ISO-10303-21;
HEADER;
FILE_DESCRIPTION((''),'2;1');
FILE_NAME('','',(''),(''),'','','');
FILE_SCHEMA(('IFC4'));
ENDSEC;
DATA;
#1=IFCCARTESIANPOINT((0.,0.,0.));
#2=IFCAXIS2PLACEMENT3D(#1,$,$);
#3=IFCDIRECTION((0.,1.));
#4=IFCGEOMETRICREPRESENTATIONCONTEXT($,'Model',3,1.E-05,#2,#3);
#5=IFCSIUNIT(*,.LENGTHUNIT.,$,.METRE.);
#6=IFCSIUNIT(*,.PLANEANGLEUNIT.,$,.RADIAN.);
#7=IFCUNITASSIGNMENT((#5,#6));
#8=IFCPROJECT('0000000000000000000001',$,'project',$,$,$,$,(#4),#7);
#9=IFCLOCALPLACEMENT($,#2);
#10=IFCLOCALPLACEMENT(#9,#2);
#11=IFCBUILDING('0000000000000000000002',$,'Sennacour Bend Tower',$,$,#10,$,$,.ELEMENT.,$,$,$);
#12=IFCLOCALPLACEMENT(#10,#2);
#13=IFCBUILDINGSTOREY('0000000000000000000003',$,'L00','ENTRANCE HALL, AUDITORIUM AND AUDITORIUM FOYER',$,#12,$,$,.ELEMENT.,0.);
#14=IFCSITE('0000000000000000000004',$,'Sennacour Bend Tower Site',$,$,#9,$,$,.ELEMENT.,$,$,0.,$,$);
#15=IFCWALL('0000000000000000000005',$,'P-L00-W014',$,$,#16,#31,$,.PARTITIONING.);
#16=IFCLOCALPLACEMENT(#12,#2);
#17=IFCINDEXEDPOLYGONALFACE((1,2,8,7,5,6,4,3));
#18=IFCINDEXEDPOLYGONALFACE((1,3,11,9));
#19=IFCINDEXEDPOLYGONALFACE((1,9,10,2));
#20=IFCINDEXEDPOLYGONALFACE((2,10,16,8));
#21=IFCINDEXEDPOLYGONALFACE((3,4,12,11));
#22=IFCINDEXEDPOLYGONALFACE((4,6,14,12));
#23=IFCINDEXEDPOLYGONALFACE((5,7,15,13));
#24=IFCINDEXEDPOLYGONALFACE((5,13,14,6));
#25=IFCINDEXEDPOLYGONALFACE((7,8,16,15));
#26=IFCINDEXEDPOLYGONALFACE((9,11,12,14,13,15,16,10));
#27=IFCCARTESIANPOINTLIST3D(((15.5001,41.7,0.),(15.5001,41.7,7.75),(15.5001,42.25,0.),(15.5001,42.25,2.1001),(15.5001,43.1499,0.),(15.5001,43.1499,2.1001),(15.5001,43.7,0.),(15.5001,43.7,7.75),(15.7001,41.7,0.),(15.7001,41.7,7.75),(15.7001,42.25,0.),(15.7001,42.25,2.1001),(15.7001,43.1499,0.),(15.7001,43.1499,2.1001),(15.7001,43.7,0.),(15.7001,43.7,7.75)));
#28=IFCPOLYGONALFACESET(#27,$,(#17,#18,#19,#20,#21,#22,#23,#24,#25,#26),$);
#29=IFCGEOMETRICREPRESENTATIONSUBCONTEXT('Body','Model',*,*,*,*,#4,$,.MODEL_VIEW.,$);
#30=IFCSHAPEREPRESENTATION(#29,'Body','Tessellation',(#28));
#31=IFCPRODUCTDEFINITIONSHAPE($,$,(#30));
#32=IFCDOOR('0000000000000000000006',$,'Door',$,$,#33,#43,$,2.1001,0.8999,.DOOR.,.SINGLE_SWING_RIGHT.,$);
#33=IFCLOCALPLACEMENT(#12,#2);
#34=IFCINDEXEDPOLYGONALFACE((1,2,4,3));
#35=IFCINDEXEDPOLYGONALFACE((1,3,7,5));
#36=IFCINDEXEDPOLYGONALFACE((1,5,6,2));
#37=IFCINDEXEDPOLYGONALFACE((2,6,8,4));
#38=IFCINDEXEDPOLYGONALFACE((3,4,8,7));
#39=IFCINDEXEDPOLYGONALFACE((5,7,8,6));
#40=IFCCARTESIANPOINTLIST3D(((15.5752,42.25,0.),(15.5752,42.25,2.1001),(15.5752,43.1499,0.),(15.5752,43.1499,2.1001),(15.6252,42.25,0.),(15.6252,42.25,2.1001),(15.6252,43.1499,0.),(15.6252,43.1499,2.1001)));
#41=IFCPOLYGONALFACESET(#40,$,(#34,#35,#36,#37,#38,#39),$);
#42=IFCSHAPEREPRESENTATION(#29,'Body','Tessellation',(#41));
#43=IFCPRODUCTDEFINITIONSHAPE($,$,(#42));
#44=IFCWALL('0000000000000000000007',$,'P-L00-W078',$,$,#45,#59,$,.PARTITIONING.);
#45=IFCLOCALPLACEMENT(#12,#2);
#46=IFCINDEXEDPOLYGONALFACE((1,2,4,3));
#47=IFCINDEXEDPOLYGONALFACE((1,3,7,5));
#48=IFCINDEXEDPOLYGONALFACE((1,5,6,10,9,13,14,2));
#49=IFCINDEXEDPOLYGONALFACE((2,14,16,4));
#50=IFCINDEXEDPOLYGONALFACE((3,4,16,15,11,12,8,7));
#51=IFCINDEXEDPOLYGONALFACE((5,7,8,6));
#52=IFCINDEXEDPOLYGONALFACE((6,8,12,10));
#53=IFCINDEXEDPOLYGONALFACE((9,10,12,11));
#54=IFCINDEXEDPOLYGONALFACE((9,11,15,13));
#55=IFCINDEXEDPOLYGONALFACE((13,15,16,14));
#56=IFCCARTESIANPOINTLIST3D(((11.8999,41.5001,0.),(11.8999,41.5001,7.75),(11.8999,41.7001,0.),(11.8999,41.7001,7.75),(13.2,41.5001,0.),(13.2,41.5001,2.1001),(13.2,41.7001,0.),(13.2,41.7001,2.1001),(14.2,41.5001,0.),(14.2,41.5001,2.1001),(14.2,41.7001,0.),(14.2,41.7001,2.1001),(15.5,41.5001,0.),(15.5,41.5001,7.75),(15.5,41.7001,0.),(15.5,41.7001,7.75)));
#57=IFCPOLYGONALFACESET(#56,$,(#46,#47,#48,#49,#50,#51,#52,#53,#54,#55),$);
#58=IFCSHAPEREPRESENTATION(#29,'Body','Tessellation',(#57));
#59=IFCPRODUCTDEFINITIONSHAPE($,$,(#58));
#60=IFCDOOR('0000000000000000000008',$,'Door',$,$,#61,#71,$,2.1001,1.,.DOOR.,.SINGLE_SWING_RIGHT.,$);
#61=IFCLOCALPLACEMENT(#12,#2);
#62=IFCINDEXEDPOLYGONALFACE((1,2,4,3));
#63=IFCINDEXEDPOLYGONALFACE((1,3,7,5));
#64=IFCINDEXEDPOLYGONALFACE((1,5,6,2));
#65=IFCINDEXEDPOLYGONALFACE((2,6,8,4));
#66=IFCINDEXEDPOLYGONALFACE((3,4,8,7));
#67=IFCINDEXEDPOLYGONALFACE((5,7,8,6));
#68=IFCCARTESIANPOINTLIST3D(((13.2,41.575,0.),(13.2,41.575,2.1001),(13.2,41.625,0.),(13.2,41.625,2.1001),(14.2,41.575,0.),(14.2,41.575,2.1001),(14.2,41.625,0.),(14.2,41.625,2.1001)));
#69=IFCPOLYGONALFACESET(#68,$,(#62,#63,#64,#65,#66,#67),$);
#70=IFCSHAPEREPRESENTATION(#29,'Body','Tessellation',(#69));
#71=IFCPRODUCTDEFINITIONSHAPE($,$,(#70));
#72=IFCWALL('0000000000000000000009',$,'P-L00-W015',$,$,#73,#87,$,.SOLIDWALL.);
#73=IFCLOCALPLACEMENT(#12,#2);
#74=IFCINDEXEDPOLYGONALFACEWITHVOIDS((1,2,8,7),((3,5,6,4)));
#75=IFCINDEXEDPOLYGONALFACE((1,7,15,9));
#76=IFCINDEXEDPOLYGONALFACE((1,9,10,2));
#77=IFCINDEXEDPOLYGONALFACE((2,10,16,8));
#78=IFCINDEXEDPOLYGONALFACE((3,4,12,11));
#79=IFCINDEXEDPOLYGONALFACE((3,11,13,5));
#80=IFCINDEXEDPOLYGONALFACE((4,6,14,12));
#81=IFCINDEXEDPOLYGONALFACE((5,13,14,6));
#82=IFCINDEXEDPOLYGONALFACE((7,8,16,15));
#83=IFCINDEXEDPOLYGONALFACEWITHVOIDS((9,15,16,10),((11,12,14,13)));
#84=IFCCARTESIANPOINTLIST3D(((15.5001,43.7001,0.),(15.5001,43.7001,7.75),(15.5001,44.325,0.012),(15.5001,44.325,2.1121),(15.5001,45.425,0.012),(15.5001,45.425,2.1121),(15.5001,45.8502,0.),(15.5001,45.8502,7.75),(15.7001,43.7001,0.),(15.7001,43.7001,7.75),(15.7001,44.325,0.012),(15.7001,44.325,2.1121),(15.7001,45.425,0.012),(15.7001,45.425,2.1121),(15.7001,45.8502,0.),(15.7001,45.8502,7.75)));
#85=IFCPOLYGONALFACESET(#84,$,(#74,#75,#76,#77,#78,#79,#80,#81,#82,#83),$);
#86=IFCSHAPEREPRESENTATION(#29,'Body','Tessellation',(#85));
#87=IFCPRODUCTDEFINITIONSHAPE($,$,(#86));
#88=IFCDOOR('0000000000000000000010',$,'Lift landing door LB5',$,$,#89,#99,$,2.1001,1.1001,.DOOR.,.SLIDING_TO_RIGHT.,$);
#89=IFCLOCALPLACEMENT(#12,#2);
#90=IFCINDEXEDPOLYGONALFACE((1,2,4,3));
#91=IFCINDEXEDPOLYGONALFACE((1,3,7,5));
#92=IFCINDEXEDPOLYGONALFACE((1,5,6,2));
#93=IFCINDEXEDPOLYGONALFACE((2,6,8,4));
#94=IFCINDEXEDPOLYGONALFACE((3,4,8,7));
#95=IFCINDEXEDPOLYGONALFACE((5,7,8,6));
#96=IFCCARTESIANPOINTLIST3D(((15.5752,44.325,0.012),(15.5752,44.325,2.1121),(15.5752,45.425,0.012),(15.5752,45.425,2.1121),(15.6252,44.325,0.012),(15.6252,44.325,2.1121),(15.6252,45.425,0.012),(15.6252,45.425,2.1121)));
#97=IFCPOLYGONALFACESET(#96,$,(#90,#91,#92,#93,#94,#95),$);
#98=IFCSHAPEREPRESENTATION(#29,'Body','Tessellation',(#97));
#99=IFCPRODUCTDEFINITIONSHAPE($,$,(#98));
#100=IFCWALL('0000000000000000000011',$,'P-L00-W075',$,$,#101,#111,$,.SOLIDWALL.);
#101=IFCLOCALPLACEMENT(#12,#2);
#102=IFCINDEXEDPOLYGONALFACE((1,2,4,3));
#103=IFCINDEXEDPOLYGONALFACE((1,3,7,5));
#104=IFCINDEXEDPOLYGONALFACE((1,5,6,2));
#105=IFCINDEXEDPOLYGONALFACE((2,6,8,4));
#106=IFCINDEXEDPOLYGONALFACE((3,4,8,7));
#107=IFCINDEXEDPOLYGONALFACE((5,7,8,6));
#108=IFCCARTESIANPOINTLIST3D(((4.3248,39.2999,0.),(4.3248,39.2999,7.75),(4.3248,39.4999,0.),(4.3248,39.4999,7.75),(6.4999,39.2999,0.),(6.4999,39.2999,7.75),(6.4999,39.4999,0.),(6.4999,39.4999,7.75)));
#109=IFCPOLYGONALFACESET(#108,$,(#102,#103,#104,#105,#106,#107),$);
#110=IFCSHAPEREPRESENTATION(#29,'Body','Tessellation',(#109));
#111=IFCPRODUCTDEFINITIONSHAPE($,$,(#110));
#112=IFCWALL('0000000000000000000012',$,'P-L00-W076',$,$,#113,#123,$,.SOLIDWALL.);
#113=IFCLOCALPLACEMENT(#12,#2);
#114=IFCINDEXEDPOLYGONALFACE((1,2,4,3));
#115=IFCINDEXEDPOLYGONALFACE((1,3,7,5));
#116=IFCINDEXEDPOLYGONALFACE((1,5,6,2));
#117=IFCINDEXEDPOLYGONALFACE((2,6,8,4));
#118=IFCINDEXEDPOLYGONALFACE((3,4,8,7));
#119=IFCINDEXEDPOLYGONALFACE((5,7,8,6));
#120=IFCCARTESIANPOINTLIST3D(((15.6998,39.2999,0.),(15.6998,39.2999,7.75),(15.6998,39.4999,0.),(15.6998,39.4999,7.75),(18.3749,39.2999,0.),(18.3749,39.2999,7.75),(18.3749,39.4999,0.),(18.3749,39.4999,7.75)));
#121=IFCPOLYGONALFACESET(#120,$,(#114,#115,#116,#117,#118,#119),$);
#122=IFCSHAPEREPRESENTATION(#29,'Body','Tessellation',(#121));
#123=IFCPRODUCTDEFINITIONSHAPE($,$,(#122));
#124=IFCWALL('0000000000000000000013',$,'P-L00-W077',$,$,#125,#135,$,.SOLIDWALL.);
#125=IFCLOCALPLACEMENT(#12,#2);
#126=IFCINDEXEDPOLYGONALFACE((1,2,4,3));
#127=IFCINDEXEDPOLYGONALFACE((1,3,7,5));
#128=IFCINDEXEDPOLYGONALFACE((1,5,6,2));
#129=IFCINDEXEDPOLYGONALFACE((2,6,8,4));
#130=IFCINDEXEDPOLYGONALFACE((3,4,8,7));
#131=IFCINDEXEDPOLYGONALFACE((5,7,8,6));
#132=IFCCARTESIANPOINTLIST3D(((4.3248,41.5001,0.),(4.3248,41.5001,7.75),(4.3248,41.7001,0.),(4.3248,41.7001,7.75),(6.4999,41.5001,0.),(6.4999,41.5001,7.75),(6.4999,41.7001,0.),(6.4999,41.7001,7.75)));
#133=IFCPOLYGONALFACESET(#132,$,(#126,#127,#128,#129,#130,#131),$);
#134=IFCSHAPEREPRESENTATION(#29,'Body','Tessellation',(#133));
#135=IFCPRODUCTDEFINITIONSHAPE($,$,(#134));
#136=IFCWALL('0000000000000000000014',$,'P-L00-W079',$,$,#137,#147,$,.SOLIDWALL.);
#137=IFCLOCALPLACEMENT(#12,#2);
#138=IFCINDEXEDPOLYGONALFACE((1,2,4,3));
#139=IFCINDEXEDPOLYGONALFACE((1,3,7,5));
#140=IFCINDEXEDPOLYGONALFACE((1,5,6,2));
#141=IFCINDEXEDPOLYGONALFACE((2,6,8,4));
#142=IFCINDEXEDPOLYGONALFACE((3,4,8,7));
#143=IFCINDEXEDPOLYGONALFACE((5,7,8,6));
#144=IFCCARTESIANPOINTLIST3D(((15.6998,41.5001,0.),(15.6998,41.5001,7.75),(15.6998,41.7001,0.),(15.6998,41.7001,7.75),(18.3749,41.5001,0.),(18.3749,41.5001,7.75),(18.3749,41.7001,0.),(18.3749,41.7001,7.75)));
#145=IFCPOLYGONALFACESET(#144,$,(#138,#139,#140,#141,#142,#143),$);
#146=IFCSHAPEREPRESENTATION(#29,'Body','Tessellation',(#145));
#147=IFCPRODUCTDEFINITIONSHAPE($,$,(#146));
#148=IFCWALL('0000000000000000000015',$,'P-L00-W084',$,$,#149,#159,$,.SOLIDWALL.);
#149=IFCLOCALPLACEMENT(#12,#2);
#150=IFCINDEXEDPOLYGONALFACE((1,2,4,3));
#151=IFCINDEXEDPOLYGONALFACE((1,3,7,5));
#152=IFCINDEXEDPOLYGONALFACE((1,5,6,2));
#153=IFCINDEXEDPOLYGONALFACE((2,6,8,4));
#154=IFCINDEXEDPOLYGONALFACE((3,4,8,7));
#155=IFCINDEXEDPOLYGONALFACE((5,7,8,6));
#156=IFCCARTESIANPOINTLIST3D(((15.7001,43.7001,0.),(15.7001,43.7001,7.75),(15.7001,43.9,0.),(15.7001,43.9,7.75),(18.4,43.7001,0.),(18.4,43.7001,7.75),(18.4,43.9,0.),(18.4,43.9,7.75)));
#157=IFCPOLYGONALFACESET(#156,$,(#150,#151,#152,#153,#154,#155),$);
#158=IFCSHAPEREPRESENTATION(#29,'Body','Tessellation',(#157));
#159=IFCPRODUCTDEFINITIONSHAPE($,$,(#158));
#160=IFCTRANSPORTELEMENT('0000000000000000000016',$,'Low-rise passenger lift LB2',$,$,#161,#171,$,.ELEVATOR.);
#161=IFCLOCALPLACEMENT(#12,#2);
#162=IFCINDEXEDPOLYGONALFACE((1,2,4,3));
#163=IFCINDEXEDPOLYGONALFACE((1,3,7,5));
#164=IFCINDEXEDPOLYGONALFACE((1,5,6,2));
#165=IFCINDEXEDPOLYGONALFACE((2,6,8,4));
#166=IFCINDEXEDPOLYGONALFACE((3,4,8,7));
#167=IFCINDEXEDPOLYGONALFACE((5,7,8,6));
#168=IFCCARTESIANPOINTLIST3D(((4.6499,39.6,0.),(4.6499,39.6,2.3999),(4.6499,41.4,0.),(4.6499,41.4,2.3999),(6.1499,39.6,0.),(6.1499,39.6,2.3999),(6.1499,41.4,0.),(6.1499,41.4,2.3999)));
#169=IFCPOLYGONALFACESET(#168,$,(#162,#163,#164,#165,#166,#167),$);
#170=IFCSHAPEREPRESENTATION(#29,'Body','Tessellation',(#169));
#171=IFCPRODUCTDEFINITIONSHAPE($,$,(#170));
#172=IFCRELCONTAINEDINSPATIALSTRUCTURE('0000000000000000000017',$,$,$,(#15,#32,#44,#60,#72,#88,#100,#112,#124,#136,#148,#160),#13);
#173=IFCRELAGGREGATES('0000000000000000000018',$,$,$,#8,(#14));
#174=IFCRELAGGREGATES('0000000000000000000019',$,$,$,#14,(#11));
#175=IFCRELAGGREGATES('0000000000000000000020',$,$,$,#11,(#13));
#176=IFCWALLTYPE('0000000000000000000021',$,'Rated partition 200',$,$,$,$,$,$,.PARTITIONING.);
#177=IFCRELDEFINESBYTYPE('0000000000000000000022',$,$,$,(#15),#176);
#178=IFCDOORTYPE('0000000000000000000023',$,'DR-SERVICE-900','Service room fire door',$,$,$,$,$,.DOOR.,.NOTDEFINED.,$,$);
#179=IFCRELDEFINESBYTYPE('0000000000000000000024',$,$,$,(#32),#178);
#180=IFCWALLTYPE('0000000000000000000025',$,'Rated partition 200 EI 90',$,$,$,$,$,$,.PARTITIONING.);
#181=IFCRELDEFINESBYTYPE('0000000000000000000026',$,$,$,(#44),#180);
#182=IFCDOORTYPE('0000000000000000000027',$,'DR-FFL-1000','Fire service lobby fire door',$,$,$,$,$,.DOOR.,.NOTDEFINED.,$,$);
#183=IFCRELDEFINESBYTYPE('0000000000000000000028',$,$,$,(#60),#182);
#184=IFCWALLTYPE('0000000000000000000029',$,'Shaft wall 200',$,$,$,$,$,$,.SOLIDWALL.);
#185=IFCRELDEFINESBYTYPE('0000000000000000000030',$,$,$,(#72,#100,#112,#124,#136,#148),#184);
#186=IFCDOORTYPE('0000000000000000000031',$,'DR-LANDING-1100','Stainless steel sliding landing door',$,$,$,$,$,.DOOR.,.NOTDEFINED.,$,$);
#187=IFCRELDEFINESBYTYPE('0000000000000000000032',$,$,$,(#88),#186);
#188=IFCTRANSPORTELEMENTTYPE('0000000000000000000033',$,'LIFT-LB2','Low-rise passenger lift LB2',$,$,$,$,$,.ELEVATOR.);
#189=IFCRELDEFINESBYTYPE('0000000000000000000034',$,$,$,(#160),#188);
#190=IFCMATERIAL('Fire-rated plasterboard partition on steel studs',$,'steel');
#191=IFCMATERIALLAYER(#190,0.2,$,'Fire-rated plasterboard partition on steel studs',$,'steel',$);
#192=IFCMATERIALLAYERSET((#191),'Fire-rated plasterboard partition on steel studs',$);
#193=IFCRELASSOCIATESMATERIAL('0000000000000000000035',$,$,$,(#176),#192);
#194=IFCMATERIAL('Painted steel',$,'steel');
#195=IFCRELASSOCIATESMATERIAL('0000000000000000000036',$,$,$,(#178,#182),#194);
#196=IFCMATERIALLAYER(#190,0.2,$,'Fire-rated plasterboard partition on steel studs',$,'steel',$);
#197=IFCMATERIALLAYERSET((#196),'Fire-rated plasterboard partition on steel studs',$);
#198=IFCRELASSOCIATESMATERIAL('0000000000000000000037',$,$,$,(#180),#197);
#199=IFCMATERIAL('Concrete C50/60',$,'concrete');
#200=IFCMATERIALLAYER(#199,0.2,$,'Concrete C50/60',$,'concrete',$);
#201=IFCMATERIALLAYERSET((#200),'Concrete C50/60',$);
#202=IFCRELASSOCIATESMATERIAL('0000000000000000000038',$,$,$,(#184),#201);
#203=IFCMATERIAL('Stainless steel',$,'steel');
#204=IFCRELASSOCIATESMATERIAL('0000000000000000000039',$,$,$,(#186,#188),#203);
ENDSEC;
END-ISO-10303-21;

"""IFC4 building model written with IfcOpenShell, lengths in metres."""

from ifc_helpers import new_model, si_unit, direction, frame, frame_2d, origin, origin_2d, place, context, subcontext, project, spatial, rectangle, extrude, material, layer, layer_set, type_object, element, fill, save


model = new_model("IFC4")

# Units and contexts
model_context = context("Model", 3, precision=1e-05, world=origin(), true_north=direction((0.0, 1.0)))
body_context = subcontext(model_context, "Body", "Model", "MODEL_VIEW")
ifc_project = project(units=[si_unit("LENGTHUNIT", "METRE"), si_unit("PLANEANGLEUNIT", "RADIAN")], contexts=[model_context])

# Site, building, storey
site_placement = place(None, origin())
site = spatial("IfcSite", under=ifc_project, at=site_placement, Name="Sennacour Bend Tower Site", CompositionType="ELEMENT", RefElevation=0.0)
building_placement = place(site_placement, origin())
building = spatial("IfcBuilding", under=site, at=building_placement, Name="Sennacour Bend Tower", CompositionType="ELEMENT")
storey_placement = place(building_placement, origin())
storey = spatial("IfcBuildingStorey", under=building, at=storey_placement, Name="L00", Description="ENTRANCE HALL, AUDITORIUM AND AUDITORIUM FOYER", CompositionType="ELEMENT", Elevation=0.0)

# Shared definitions
ifc_material_1 = material(Name="Concrete C50/60", Category="concrete")

# Walls, openings, doors
ifc_material_2 = material(Name="Fire-rated plasterboard partition on steel studs", Category="steel")
ifc_layer_1 = layer(ifc_material_2, 0.2, Name="Fire-rated plasterboard partition on steel studs", Category="steel")
ifc_layer_set_1 = layer_set([ifc_layer_1], Name="Fire-rated plasterboard partition on steel studs")
wall_type_1 = type_object("IfcWallType", Name="Rated partition 200", PredefinedType="PARTITIONING", material=ifc_layer_set_1)
wall_1_placement = place(storey_placement, frame((15.6001, 41.7, 0.0), z_axis=(0.0, 0.0, 1.0), x_axis=(0.0, 1.0, 0.0)))
wall_1 = element("IfcWall", 1, at=wall_1_placement, inside=storey, type_object=wall_type_1, Name="P-L00-W014", PredefinedType="PARTITIONING", context=body_context, shape_type="SweptSolid", body=[
    extrude(rectangle(XDim=2.0, YDim=0.2, at=frame_2d((1.0, 0.0))), origin(), (0.0, 0.0, 1.0), 7.75),
])
opening_1_placement = place(wall_1_placement, frame((0.55, 0.0, 0.0)))
opening_1 = element("IfcOpeningElement", 2, at=opening_1_placement, cuts=wall_1, PredefinedType="OPENING", context=body_context, shape_type="SweptSolid", body=[
    extrude(rectangle(XDim=0.8999, YDim=2.1001, at=frame_2d((0.45, 1.05))), frame((0.0, 0.1099, 0.0), z_axis=(0.0, -1.0, 0.0), x_axis=(1.0, 0.0, 0.0)), (0.0, 0.0, 1.0), 0.22),
])
ifc_material_3 = material(Name="Painted steel", Category="steel")
door_type_1 = type_object("IfcDoorType", Name="DR-SERVICE-900", Description="Service room fire door", OperationType="NOTDEFINED", PredefinedType="DOOR", material=ifc_material_3)
door_1_placement = place(opening_1_placement, origin())
door_1 = element("IfcDoor", 3, at=door_1_placement, inside=storey, type_object=door_type_1, Name="Door", OperationType="SINGLE_SWING_RIGHT", OverallHeight=2.1001, OverallWidth=0.8999, PredefinedType="DOOR", context=body_context, shape_type="SweptSolid", body=[
    extrude(rectangle(XDim=0.8999, YDim=2.1001, at=frame_2d((0.45, 1.05))), frame((0.0, 0.0249, 0.0), z_axis=(0.0, -1.0, 0.0), x_axis=(1.0, 0.0, 0.0)), (0.0, 0.0, 1.0), 0.05),
])
fill(opening_1, door_1)
ifc_layer_2 = layer(ifc_material_2, 0.2, Name="Fire-rated plasterboard partition on steel studs", Category="steel")
ifc_layer_set_2 = layer_set([ifc_layer_2], Name="Fire-rated plasterboard partition on steel studs")
wall_type_2 = type_object("IfcWallType", Name="Rated partition 200 EI 90", PredefinedType="PARTITIONING", material=ifc_layer_set_2)
wall_2_placement = place(storey_placement, frame((11.8999, 41.6001, 0.0), z_axis=(0.0, 0.0, 1.0), x_axis=(1.0, 0.0, 0.0)))
wall_2 = element("IfcWall", 4, at=wall_2_placement, inside=storey, type_object=wall_type_2, Name="P-L00-W078", PredefinedType="PARTITIONING", context=body_context, shape_type="SweptSolid", body=[
    extrude(rectangle(XDim=3.6001, YDim=0.2, at=frame_2d((1.8, 0.0))), origin(), (0.0, 0.0, 1.0), 7.75),
])
opening_2_placement = place(wall_2_placement, frame((1.3, 0.0, 0.0)))
opening_2 = element("IfcOpeningElement", 5, at=opening_2_placement, cuts=wall_2, PredefinedType="OPENING", context=body_context, shape_type="SweptSolid", body=[
    extrude(rectangle(XDim=1.0, YDim=2.1001, at=frame_2d((0.5, 1.05))), frame((0.0, 0.1099, 0.0), z_axis=(0.0, -1.0, 0.0), x_axis=(1.0, 0.0, 0.0)), (0.0, 0.0, 1.0), 0.22),
])
door_type_2 = type_object("IfcDoorType", Name="DR-FFL-1000", Description="Fire service lobby fire door", OperationType="NOTDEFINED", PredefinedType="DOOR", material=ifc_material_3)
door_2_placement = place(opening_2_placement, origin())
door_2 = element("IfcDoor", 6, at=door_2_placement, inside=storey, type_object=door_type_2, Name="Door", OperationType="SINGLE_SWING_RIGHT", OverallHeight=2.1001, OverallWidth=1.0, PredefinedType="DOOR", context=body_context, shape_type="SweptSolid", body=[
    extrude(rectangle(XDim=1.0, YDim=2.1001, at=frame_2d((0.5, 1.05))), frame((0.0, 0.0249, 0.0), z_axis=(0.0, -1.0, 0.0), x_axis=(1.0, 0.0, 0.0)), (0.0, 0.0, 1.0), 0.05),
])
fill(opening_2, door_2)
ifc_layer_3 = layer(ifc_material_1, 0.2, Name="Concrete C50/60", Category="concrete")
ifc_layer_set_3 = layer_set([ifc_layer_3], Name="Concrete C50/60")
wall_type_3 = type_object("IfcWallType", Name="Shaft wall 200", PredefinedType="SOLIDWALL", material=ifc_layer_set_3)
wall_3_placement = place(storey_placement, frame((15.6001, 43.7, 0.0), z_axis=(0.0, 0.0, 1.0), x_axis=(0.0, 1.0, 0.0)))
wall_3 = element("IfcWall", 7, at=wall_3_placement, inside=storey, type_object=wall_type_3, Name="P-L00-W015", PredefinedType="SOLIDWALL", context=body_context, shape_type="SweptSolid", body=[
    extrude(rectangle(XDim=2.1501, YDim=0.2, at=frame_2d((1.0752, 0.0))), origin(), (0.0, 0.0, 1.0), 7.75),
])
opening_3_placement = place(wall_3_placement, frame((0.625, 0.0, 0.012)))
opening_3 = element("IfcOpeningElement", 8, at=opening_3_placement, cuts=wall_3, PredefinedType="OPENING", context=body_context, shape_type="SweptSolid", body=[
    extrude(rectangle(XDim=1.1001, YDim=2.1001, at=frame_2d((0.55, 1.05))), frame((0.0, 0.1099, 0.0), z_axis=(0.0, -1.0, 0.0), x_axis=(1.0, 0.0, 0.0)), (0.0, 0.0, 1.0), 0.22),
])
ifc_material_4 = material(Name="Stainless steel", Category="steel")
door_type_3 = type_object("IfcDoorType", Name="DR-LANDING-1100", Description="Stainless steel sliding landing door", OperationType="NOTDEFINED", PredefinedType="DOOR", material=ifc_material_4)
door_3_placement = place(opening_3_placement, origin())
door_3 = element("IfcDoor", 9, at=door_3_placement, inside=storey, type_object=door_type_3, Name="Lift landing door LB5", OperationType="SLIDING_TO_RIGHT", OverallHeight=2.1001, OverallWidth=1.1001, PredefinedType="DOOR", context=body_context, shape_type="SweptSolid", body=[
    extrude(rectangle(XDim=1.1001, YDim=2.1001, at=frame_2d((0.55, 1.05))), frame((0.0, 0.0249, 0.0), z_axis=(0.0, -1.0, 0.0), x_axis=(1.0, 0.0, 0.0)), (0.0, 0.0, 1.0), 0.05),
])
fill(opening_3, door_3)

# Walls
wall_4_placement = place(storey_placement, frame((4.325, 39.3999, 0.0), z_axis=(0.0, 0.0, 1.0), x_axis=(1.0, 0.0, 0.0)))
element("IfcWall", 10, at=wall_4_placement, inside=storey, type_object=wall_type_3, Name="P-L00-W075", PredefinedType="SOLIDWALL", context=body_context, shape_type="SweptSolid", body=[
    extrude(rectangle(XDim=2.175, YDim=0.2, at=frame_2d((1.0874, 0.0))), origin(), (0.0, 0.0, 1.0), 7.75),
])
wall_5_placement = place(storey_placement, frame((15.7, 39.3999, 0.0), z_axis=(0.0, 0.0, 1.0), x_axis=(1.0, 0.0, 0.0)))
element("IfcWall", 11, at=wall_5_placement, inside=storey, type_object=wall_type_3, Name="P-L00-W076", PredefinedType="SOLIDWALL", context=body_context, shape_type="SweptSolid", body=[
    extrude(rectangle(XDim=2.675, YDim=0.2, at=frame_2d((1.3374, 0.0))), origin(), (0.0, 0.0, 1.0), 7.75),
])
wall_6_placement = place(storey_placement, frame((4.325, 41.6001, 0.0), z_axis=(0.0, 0.0, 1.0), x_axis=(1.0, 0.0, 0.0)))
element("IfcWall", 12, at=wall_6_placement, inside=storey, type_object=wall_type_3, Name="P-L00-W077", PredefinedType="SOLIDWALL", context=body_context, shape_type="SweptSolid", body=[
    extrude(rectangle(XDim=2.175, YDim=0.2, at=frame_2d((1.0874, 0.0))), origin(), (0.0, 0.0, 1.0), 7.75),
])
wall_7_placement = place(storey_placement, frame((15.7, 41.6001, 0.0), z_axis=(0.0, 0.0, 1.0), x_axis=(1.0, 0.0, 0.0)))
element("IfcWall", 13, at=wall_7_placement, inside=storey, type_object=wall_type_3, Name="P-L00-W079", PredefinedType="SOLIDWALL", context=body_context, shape_type="SweptSolid", body=[
    extrude(rectangle(XDim=2.675, YDim=0.2, at=frame_2d((1.3374, 0.0))), origin(), (0.0, 0.0, 1.0), 7.75),
])
wall_8_placement = place(storey_placement, frame((15.7, 43.8, 0.0), z_axis=(0.0, 0.0, 1.0), x_axis=(1.0, 0.0, 0.0)))
element("IfcWall", 14, at=wall_8_placement, inside=storey, type_object=wall_type_3, Name="P-L00-W084", PredefinedType="SOLIDWALL", context=body_context, shape_type="SweptSolid", body=[
    extrude(rectangle(XDim=2.7, YDim=0.2, at=frame_2d((1.3501, 0.0))), origin(), (0.0, 0.0, 1.0), 7.75),
])

# Transport element
transport_element_type_1 = type_object("IfcTransportElementType", Name="LIFT-LB2", Description="Low-rise passenger lift LB2", PredefinedType="ELEVATOR", material=ifc_material_4)
transport_element_1_placement = place(storey_placement, frame((5.3999, 40.5, 0.0), z_axis=(0.0, 0.0, 1.0), x_axis=(1.0, 0.0, 0.0)))
element("IfcTransportElement", 15, at=transport_element_1_placement, inside=storey, type_object=transport_element_type_1, Name="Low-rise passenger lift LB2", PredefinedType="ELEVATOR", context=body_context, shape_type="SweptSolid", body=[
    extrude(rectangle(XDim=1.5, YDim=1.8, at=origin_2d()), origin(), (0.0, 0.0, 1.0), 2.3999),
])

save(model, "model.ifc")
